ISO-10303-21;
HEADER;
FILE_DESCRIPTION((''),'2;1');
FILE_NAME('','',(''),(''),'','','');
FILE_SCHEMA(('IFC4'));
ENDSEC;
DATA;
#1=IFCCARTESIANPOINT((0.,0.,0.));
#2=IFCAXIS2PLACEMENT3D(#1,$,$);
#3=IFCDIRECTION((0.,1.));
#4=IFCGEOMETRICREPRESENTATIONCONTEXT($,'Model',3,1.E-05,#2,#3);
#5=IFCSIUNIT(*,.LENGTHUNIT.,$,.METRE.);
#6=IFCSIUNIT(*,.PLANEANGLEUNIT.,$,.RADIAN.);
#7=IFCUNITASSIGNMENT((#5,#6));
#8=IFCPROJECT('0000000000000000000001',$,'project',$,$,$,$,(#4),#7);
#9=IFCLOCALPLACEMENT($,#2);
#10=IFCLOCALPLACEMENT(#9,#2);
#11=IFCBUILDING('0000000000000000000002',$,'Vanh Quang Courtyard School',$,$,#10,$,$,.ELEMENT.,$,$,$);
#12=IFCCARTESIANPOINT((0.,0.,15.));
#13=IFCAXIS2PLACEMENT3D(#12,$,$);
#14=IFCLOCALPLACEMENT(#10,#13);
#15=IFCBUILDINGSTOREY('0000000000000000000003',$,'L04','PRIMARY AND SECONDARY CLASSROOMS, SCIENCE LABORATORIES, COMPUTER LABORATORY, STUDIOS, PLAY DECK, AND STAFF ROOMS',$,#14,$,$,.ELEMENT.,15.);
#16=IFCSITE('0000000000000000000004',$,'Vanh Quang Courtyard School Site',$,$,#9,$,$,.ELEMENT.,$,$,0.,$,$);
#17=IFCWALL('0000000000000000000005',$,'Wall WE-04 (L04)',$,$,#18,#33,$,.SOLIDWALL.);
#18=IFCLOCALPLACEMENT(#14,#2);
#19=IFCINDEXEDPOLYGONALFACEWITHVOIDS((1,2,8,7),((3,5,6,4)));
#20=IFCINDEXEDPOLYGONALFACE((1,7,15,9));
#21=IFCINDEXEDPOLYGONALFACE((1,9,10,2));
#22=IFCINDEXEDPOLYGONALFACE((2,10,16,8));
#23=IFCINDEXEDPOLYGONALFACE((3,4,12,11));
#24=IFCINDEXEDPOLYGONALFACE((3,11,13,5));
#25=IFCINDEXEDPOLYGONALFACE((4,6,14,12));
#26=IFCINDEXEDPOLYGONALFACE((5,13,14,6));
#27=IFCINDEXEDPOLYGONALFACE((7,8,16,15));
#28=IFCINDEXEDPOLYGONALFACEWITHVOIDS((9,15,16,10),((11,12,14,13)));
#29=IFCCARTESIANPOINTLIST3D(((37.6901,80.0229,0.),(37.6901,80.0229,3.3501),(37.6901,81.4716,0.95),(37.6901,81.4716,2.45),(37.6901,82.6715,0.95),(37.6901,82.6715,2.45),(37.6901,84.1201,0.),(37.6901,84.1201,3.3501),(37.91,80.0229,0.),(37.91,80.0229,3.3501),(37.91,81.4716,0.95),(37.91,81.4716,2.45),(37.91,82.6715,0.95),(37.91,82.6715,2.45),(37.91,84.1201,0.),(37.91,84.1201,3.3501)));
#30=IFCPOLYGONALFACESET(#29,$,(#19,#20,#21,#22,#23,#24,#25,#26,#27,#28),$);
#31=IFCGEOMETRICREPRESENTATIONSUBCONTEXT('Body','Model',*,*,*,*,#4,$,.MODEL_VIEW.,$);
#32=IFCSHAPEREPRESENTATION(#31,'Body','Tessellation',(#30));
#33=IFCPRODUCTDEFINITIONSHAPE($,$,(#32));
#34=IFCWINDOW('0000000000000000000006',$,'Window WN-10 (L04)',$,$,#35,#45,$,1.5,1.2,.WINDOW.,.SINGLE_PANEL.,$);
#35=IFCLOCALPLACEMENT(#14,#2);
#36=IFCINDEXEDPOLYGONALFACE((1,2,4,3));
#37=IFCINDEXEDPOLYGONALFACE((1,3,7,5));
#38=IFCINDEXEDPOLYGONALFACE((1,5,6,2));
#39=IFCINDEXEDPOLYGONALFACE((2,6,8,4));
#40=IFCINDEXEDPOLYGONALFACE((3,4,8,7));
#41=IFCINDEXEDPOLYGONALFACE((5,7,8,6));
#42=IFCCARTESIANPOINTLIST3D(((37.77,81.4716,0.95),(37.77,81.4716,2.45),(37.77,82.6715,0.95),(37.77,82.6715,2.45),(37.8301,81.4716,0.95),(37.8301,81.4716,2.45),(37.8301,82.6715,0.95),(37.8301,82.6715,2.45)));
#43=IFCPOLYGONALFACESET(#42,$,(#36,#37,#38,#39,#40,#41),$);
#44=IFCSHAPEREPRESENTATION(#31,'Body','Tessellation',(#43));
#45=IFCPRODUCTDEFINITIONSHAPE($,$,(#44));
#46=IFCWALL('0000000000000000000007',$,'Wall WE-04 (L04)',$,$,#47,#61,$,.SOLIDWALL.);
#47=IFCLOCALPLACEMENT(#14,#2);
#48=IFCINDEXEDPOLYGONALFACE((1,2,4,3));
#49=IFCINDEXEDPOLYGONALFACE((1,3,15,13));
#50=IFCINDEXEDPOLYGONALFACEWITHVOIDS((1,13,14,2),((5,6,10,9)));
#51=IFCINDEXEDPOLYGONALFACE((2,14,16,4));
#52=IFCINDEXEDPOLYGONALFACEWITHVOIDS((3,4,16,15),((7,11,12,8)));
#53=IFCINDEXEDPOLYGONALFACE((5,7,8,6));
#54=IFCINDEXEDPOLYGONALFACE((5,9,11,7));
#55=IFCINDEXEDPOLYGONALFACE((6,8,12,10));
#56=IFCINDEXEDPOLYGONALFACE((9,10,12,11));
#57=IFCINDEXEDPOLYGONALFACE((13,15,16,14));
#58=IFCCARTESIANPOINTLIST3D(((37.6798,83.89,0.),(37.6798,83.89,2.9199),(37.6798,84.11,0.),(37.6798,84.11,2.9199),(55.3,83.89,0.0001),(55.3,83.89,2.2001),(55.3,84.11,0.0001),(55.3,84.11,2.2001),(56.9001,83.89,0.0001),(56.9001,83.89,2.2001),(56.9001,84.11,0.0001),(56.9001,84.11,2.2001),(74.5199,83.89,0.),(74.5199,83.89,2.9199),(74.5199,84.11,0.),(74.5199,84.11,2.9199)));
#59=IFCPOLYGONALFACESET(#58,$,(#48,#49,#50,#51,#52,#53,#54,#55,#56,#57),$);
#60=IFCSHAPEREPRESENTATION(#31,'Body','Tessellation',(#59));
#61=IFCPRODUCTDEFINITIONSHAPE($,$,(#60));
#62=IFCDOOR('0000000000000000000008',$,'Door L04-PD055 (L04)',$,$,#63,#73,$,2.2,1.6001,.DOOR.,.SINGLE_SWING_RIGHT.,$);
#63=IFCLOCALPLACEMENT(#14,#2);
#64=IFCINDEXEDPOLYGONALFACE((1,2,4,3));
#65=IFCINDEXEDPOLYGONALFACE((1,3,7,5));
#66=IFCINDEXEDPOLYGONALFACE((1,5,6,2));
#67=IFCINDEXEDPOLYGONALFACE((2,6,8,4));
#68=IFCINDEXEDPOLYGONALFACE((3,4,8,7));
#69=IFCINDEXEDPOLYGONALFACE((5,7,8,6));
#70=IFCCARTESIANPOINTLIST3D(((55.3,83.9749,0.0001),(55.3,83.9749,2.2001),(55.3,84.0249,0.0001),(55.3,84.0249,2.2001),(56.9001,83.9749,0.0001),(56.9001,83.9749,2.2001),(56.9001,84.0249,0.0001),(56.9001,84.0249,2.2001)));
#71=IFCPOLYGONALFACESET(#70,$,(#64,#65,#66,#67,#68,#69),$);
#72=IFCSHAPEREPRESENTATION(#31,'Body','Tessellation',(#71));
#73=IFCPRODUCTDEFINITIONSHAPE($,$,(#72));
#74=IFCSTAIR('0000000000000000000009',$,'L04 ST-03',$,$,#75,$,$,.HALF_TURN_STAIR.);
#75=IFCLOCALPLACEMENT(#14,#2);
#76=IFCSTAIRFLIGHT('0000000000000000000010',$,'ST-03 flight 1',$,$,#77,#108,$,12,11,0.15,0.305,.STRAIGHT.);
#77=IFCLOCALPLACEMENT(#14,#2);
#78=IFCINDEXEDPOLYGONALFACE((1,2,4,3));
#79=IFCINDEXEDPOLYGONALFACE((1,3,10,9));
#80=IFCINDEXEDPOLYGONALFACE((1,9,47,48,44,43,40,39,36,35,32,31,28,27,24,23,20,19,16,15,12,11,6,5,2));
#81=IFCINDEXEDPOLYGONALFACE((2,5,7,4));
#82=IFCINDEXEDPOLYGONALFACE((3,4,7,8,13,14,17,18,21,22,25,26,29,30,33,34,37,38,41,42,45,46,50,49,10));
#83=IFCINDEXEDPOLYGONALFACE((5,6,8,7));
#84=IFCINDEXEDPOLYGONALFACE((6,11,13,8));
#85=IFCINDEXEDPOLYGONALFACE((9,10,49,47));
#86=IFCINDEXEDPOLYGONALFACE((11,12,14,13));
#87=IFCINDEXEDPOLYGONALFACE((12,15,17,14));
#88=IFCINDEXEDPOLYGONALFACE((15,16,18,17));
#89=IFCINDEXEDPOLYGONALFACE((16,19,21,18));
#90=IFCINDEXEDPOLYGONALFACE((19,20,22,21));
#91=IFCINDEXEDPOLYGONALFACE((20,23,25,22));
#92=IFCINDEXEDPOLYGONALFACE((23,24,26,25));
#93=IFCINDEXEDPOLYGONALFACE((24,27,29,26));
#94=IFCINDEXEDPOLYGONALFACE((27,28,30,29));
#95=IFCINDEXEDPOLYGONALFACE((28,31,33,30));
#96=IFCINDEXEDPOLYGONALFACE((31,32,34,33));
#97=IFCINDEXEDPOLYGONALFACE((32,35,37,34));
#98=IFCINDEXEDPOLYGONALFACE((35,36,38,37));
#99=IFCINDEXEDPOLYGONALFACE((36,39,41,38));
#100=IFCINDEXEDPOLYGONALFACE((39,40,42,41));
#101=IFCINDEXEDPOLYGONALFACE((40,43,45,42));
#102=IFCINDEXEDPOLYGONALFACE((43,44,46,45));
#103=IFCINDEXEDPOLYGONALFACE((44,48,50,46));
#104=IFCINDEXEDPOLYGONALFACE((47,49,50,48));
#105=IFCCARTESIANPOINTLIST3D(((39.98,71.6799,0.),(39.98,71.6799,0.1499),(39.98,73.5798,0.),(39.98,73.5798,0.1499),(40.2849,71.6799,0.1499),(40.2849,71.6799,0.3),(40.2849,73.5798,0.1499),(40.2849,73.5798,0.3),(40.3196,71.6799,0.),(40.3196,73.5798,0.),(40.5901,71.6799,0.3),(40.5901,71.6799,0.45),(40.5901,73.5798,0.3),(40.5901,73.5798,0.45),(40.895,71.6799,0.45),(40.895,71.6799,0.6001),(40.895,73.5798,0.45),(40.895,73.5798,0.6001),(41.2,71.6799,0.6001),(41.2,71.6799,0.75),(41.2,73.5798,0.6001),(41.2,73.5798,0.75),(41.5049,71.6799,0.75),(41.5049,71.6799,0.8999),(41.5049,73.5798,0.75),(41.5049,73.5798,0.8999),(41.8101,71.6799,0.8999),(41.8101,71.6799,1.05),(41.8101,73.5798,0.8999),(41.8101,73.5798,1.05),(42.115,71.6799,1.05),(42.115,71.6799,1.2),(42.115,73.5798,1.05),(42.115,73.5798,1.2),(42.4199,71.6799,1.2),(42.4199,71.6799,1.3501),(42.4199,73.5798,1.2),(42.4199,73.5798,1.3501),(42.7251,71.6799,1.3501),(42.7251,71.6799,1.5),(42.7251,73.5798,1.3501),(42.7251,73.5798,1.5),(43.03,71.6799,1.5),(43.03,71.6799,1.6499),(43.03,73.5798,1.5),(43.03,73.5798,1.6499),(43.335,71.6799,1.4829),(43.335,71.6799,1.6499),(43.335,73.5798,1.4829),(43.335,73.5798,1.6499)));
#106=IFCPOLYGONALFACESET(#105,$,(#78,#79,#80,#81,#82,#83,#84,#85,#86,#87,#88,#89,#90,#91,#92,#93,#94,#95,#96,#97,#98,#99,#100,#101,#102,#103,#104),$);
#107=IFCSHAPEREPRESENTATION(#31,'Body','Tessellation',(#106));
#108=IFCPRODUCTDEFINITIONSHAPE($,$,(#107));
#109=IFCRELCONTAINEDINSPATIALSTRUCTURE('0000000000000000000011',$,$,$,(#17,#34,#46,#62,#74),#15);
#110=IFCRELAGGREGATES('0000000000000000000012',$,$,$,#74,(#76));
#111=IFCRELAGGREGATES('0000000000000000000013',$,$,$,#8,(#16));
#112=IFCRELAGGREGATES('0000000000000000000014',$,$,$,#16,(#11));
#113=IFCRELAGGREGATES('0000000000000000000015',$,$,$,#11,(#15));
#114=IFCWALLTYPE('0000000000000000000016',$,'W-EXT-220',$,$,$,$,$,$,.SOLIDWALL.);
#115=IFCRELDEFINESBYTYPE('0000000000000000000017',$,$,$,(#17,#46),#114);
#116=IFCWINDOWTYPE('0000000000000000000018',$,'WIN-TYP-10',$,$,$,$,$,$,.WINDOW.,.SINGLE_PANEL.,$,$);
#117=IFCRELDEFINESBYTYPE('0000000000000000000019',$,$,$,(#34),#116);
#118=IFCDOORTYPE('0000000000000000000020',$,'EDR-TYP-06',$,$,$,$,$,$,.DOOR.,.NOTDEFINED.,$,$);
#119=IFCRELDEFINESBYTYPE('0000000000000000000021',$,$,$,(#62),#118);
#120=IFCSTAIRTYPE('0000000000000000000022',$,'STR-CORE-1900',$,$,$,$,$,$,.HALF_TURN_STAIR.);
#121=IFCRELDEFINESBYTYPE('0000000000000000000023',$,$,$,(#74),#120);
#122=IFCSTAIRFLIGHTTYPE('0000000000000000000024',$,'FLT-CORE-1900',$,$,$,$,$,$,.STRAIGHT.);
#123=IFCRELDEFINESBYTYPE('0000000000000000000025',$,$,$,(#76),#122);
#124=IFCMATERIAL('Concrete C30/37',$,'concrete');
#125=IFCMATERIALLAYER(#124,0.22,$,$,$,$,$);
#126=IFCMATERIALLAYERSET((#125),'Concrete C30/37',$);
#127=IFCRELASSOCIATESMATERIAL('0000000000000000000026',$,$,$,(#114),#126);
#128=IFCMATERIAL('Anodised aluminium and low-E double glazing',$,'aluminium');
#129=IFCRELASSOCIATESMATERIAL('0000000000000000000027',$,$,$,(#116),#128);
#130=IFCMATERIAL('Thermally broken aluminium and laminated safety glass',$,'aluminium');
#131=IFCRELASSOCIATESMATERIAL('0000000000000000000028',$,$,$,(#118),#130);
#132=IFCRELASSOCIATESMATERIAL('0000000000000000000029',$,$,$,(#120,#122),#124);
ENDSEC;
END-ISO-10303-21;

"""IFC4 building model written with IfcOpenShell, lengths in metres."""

from ifc_helpers import new_model, si_unit, direction, frame, frame_2d, origin, place, context, subcontext, project, spatial, polyline, rectangle, outline, extrude, material, layer, layer_set, type_object, element, fill, aggregate, save


model = new_model("IFC4")

# Units and contexts
model_context = context("Model", 3, precision=1e-05, world=origin(), true_north=direction((0.0, 1.0)))
body_context = subcontext(model_context, "Body", "Model", "MODEL_VIEW")
ifc_project = project(units=[si_unit("LENGTHUNIT", "METRE"), si_unit("PLANEANGLEUNIT", "RADIAN")], contexts=[model_context])

# Site, building, storey
site_placement = place(None, origin())
site = spatial("IfcSite", under=ifc_project, at=site_placement, Name="Vanh Quang Courtyard School Site", CompositionType="ELEMENT", RefElevation=0.0)
building_placement = place(site_placement, origin())
building = spatial("IfcBuilding", under=site, at=building_placement, Name="Vanh Quang Courtyard School", CompositionType="ELEMENT")
storey_placement = place(building_placement, frame((0.0, 0.0, 15.0)))
storey = spatial("IfcBuildingStorey", under=building, at=storey_placement, Name="L04", Description="PRIMARY AND SECONDARY CLASSROOMS, SCIENCE LABORATORIES, COMPUTER LABORATORY, STUDIOS, PLAY DECK, AND STAFF ROOMS", CompositionType="ELEMENT", Elevation=15.0)

# Wall, opening, window
ifc_material_1 = material(Name="Concrete C30/37", Category="concrete")
ifc_layer_1 = layer(ifc_material_1, 0.22)
ifc_layer_set_1 = layer_set([ifc_layer_1], Name="Concrete C30/37")
wall_type_1 = type_object("IfcWallType", Name="W-EXT-220", PredefinedType="SOLIDWALL", material=ifc_layer_set_1)
ifc_material_2 = material(Name="Anodised aluminium and low-E double glazing", Category="aluminium")
wall_1_placement = place(storey_placement, frame((37.8, 80.0229, 0.0), z_axis=(0.0, 0.0, 1.0), x_axis=(0.0, 1.0, 0.0)))
wall_1 = element("IfcWall", 1, at=wall_1_placement, inside=storey, type_object=wall_type_1, Name="Wall WE-04 (L04)", PredefinedType="SOLIDWALL", context=body_context, shape_type="SweptSolid", body=[
    extrude(rectangle(XDim=4.0972, YDim=0.22, at=frame_2d((2.0486, 0.0))), origin(), (0.0, 0.0, 1.0), 3.3501),
])
opening_1_placement = place(wall_1_placement, frame((1.4485, 0.0, 0.95)))
opening_1 = element("IfcOpeningElement", 2, at=opening_1_placement, cuts=wall_1, PredefinedType="OPENING", context=body_context, shape_type="SweptSolid", body=[
    extrude(rectangle(XDim=1.2, YDim=1.5, at=frame_2d((0.6001, 0.75))), frame((0.0, 0.1201, 0.0), z_axis=(0.0, -1.0, 0.0), x_axis=(1.0, 0.0, 0.0)), (0.0, 0.0, 1.0), 0.24),
])
window_type_1 = type_object("IfcWindowType", Name="WIN-TYP-10", PartitioningType="SINGLE_PANEL", PredefinedType="WINDOW", material=ifc_material_2)
window_1_placement = place(opening_1_placement, origin())
window_1 = element("IfcWindow", 3, at=window_1_placement, inside=storey, type_object=window_type_1, Name="Window WN-10 (L04)", OverallHeight=1.5, OverallWidth=1.2, PartitioningType="SINGLE_PANEL", PredefinedType="WINDOW", context=body_context, shape_type="SweptSolid", body=[
    extrude(rectangle(XDim=1.2, YDim=1.5, at=frame_2d((0.6001, 0.75))), frame((0.0, 0.03, 0.0), z_axis=(0.0, -1.0, 0.0), x_axis=(1.0, 0.0, 0.0)), (0.0, 0.0, 1.0), 0.0601),
])
fill(opening_1, window_1)

# Wall, opening, door
wall_2_placement = place(storey_placement, frame((37.6799, 84.0, 0.0), z_axis=(0.0, 0.0, 1.0), x_axis=(1.0, 0.0, 0.0)))
wall_2 = element("IfcWall", 4, at=wall_2_placement, inside=storey, type_object=wall_type_1, Name="Wall WE-04 (L04)", PredefinedType="SOLIDWALL", context=body_context, shape_type="SweptSolid", body=[
    extrude(rectangle(XDim=36.8401, YDim=0.22, at=frame_2d((18.4199, 0.0))), origin(), (0.0, 0.0, 1.0), 2.9199),
])
opening_2_placement = place(wall_2_placement, frame((17.6201, 0.0, 0.0)))
opening_2 = element("IfcOpeningElement", 5, at=opening_2_placement, cuts=wall_2, PredefinedType="OPENING", context=body_context, shape_type="SweptSolid", body=[
    extrude(rectangle(XDim=1.6001, YDim=2.2, at=frame_2d((0.8, 1.1001))), frame((0.0, 0.1201, 0.0), z_axis=(0.0, -1.0, 0.0), x_axis=(1.0, 0.0, 0.0)), (0.0, 0.0, 1.0), 0.24),
])
ifc_material_3 = material(Name="Thermally broken aluminium and laminated safety glass", Category="aluminium")
door_type = type_object("IfcDoorType", Name="EDR-TYP-06", OperationType="NOTDEFINED", PredefinedType="DOOR", material=ifc_material_3)
door_placement = place(opening_2_placement, origin())
door = element("IfcDoor", 6, at=door_placement, inside=storey, type_object=door_type, Name="Door L04-PD055 (L04)", OperationType="SINGLE_SWING_RIGHT", OverallHeight=2.2, OverallWidth=1.6001, PredefinedType="DOOR", context=body_context, shape_type="SweptSolid", body=[
    extrude(rectangle(XDim=1.6001, YDim=2.2, at=frame_2d((0.8, 1.1001))), frame((0.0, 0.0249, 0.0), z_axis=(0.0, -1.0, 0.0), x_axis=(1.0, 0.0, 0.0)), (0.0, 0.0, 1.0), 0.05),
])
fill(opening_2, door)

# Stair, stair flight
stair_type = type_object("IfcStairType", Name="STR-CORE-1900", PredefinedType="HALF_TURN_STAIR", material=ifc_material_1)
stair_placement = place(storey_placement, origin())
stair = element("IfcStair", 7, at=stair_placement, inside=storey, type_object=stair_type, Name="L04 ST-03", PredefinedType="HALF_TURN_STAIR")
stair_flight_type = type_object("IfcStairFlightType", Name="FLT-CORE-1900", PredefinedType="STRAIGHT", material=ifc_material_1)
stair_flight_placement = place(storey_placement, frame((39.98, 72.6299, 0.0), z_axis=(0.0, 0.0, 1.0), x_axis=(1.0, 0.0, 0.0)))
stair_flight = element("IfcStairFlight", 8, at=stair_flight_placement, type_object=stair_flight_type, Name="ST-03 flight 1", NumberOfRisers=12, NumberOfTreads=11, PredefinedType="STRAIGHT", RiserHeight=0.15, TreadLength=0.305, context=body_context, shape_type="SweptSolid", body=[
    extrude(outline(polyline([(0.0, 0.0), (0.0, 0.1499), (0.3049, 0.1499), (0.3049, 0.3), (0.6101, 0.3), (0.6101, 0.45), (0.915, 0.45), (0.915, 0.6001), (1.22, 0.6001), (1.22, 0.75), (1.5249, 0.75), (1.5249, 0.8999), (1.8301, 0.8999), (1.8301, 1.05), (2.135, 1.05), (2.135, 1.2), (2.4399, 1.2), (2.4399, 1.3501), (2.7451, 1.3501), (2.7451, 1.5), (3.05, 1.5), (3.05, 1.6499), (3.355, 1.6499), (3.355, 1.8), (3.355, 1.4829), (0.3396, 0.0), (0.0, 0.0)])), frame((0.0, 0.95, 0.0), z_axis=(0.0, -1.0, 0.0), x_axis=(1.0, 0.0, 0.0)), (0.0, 0.0, 1.0), 1.8999),
])
aggregate(stair, [stair_flight])

save(model, "model.ifc")
